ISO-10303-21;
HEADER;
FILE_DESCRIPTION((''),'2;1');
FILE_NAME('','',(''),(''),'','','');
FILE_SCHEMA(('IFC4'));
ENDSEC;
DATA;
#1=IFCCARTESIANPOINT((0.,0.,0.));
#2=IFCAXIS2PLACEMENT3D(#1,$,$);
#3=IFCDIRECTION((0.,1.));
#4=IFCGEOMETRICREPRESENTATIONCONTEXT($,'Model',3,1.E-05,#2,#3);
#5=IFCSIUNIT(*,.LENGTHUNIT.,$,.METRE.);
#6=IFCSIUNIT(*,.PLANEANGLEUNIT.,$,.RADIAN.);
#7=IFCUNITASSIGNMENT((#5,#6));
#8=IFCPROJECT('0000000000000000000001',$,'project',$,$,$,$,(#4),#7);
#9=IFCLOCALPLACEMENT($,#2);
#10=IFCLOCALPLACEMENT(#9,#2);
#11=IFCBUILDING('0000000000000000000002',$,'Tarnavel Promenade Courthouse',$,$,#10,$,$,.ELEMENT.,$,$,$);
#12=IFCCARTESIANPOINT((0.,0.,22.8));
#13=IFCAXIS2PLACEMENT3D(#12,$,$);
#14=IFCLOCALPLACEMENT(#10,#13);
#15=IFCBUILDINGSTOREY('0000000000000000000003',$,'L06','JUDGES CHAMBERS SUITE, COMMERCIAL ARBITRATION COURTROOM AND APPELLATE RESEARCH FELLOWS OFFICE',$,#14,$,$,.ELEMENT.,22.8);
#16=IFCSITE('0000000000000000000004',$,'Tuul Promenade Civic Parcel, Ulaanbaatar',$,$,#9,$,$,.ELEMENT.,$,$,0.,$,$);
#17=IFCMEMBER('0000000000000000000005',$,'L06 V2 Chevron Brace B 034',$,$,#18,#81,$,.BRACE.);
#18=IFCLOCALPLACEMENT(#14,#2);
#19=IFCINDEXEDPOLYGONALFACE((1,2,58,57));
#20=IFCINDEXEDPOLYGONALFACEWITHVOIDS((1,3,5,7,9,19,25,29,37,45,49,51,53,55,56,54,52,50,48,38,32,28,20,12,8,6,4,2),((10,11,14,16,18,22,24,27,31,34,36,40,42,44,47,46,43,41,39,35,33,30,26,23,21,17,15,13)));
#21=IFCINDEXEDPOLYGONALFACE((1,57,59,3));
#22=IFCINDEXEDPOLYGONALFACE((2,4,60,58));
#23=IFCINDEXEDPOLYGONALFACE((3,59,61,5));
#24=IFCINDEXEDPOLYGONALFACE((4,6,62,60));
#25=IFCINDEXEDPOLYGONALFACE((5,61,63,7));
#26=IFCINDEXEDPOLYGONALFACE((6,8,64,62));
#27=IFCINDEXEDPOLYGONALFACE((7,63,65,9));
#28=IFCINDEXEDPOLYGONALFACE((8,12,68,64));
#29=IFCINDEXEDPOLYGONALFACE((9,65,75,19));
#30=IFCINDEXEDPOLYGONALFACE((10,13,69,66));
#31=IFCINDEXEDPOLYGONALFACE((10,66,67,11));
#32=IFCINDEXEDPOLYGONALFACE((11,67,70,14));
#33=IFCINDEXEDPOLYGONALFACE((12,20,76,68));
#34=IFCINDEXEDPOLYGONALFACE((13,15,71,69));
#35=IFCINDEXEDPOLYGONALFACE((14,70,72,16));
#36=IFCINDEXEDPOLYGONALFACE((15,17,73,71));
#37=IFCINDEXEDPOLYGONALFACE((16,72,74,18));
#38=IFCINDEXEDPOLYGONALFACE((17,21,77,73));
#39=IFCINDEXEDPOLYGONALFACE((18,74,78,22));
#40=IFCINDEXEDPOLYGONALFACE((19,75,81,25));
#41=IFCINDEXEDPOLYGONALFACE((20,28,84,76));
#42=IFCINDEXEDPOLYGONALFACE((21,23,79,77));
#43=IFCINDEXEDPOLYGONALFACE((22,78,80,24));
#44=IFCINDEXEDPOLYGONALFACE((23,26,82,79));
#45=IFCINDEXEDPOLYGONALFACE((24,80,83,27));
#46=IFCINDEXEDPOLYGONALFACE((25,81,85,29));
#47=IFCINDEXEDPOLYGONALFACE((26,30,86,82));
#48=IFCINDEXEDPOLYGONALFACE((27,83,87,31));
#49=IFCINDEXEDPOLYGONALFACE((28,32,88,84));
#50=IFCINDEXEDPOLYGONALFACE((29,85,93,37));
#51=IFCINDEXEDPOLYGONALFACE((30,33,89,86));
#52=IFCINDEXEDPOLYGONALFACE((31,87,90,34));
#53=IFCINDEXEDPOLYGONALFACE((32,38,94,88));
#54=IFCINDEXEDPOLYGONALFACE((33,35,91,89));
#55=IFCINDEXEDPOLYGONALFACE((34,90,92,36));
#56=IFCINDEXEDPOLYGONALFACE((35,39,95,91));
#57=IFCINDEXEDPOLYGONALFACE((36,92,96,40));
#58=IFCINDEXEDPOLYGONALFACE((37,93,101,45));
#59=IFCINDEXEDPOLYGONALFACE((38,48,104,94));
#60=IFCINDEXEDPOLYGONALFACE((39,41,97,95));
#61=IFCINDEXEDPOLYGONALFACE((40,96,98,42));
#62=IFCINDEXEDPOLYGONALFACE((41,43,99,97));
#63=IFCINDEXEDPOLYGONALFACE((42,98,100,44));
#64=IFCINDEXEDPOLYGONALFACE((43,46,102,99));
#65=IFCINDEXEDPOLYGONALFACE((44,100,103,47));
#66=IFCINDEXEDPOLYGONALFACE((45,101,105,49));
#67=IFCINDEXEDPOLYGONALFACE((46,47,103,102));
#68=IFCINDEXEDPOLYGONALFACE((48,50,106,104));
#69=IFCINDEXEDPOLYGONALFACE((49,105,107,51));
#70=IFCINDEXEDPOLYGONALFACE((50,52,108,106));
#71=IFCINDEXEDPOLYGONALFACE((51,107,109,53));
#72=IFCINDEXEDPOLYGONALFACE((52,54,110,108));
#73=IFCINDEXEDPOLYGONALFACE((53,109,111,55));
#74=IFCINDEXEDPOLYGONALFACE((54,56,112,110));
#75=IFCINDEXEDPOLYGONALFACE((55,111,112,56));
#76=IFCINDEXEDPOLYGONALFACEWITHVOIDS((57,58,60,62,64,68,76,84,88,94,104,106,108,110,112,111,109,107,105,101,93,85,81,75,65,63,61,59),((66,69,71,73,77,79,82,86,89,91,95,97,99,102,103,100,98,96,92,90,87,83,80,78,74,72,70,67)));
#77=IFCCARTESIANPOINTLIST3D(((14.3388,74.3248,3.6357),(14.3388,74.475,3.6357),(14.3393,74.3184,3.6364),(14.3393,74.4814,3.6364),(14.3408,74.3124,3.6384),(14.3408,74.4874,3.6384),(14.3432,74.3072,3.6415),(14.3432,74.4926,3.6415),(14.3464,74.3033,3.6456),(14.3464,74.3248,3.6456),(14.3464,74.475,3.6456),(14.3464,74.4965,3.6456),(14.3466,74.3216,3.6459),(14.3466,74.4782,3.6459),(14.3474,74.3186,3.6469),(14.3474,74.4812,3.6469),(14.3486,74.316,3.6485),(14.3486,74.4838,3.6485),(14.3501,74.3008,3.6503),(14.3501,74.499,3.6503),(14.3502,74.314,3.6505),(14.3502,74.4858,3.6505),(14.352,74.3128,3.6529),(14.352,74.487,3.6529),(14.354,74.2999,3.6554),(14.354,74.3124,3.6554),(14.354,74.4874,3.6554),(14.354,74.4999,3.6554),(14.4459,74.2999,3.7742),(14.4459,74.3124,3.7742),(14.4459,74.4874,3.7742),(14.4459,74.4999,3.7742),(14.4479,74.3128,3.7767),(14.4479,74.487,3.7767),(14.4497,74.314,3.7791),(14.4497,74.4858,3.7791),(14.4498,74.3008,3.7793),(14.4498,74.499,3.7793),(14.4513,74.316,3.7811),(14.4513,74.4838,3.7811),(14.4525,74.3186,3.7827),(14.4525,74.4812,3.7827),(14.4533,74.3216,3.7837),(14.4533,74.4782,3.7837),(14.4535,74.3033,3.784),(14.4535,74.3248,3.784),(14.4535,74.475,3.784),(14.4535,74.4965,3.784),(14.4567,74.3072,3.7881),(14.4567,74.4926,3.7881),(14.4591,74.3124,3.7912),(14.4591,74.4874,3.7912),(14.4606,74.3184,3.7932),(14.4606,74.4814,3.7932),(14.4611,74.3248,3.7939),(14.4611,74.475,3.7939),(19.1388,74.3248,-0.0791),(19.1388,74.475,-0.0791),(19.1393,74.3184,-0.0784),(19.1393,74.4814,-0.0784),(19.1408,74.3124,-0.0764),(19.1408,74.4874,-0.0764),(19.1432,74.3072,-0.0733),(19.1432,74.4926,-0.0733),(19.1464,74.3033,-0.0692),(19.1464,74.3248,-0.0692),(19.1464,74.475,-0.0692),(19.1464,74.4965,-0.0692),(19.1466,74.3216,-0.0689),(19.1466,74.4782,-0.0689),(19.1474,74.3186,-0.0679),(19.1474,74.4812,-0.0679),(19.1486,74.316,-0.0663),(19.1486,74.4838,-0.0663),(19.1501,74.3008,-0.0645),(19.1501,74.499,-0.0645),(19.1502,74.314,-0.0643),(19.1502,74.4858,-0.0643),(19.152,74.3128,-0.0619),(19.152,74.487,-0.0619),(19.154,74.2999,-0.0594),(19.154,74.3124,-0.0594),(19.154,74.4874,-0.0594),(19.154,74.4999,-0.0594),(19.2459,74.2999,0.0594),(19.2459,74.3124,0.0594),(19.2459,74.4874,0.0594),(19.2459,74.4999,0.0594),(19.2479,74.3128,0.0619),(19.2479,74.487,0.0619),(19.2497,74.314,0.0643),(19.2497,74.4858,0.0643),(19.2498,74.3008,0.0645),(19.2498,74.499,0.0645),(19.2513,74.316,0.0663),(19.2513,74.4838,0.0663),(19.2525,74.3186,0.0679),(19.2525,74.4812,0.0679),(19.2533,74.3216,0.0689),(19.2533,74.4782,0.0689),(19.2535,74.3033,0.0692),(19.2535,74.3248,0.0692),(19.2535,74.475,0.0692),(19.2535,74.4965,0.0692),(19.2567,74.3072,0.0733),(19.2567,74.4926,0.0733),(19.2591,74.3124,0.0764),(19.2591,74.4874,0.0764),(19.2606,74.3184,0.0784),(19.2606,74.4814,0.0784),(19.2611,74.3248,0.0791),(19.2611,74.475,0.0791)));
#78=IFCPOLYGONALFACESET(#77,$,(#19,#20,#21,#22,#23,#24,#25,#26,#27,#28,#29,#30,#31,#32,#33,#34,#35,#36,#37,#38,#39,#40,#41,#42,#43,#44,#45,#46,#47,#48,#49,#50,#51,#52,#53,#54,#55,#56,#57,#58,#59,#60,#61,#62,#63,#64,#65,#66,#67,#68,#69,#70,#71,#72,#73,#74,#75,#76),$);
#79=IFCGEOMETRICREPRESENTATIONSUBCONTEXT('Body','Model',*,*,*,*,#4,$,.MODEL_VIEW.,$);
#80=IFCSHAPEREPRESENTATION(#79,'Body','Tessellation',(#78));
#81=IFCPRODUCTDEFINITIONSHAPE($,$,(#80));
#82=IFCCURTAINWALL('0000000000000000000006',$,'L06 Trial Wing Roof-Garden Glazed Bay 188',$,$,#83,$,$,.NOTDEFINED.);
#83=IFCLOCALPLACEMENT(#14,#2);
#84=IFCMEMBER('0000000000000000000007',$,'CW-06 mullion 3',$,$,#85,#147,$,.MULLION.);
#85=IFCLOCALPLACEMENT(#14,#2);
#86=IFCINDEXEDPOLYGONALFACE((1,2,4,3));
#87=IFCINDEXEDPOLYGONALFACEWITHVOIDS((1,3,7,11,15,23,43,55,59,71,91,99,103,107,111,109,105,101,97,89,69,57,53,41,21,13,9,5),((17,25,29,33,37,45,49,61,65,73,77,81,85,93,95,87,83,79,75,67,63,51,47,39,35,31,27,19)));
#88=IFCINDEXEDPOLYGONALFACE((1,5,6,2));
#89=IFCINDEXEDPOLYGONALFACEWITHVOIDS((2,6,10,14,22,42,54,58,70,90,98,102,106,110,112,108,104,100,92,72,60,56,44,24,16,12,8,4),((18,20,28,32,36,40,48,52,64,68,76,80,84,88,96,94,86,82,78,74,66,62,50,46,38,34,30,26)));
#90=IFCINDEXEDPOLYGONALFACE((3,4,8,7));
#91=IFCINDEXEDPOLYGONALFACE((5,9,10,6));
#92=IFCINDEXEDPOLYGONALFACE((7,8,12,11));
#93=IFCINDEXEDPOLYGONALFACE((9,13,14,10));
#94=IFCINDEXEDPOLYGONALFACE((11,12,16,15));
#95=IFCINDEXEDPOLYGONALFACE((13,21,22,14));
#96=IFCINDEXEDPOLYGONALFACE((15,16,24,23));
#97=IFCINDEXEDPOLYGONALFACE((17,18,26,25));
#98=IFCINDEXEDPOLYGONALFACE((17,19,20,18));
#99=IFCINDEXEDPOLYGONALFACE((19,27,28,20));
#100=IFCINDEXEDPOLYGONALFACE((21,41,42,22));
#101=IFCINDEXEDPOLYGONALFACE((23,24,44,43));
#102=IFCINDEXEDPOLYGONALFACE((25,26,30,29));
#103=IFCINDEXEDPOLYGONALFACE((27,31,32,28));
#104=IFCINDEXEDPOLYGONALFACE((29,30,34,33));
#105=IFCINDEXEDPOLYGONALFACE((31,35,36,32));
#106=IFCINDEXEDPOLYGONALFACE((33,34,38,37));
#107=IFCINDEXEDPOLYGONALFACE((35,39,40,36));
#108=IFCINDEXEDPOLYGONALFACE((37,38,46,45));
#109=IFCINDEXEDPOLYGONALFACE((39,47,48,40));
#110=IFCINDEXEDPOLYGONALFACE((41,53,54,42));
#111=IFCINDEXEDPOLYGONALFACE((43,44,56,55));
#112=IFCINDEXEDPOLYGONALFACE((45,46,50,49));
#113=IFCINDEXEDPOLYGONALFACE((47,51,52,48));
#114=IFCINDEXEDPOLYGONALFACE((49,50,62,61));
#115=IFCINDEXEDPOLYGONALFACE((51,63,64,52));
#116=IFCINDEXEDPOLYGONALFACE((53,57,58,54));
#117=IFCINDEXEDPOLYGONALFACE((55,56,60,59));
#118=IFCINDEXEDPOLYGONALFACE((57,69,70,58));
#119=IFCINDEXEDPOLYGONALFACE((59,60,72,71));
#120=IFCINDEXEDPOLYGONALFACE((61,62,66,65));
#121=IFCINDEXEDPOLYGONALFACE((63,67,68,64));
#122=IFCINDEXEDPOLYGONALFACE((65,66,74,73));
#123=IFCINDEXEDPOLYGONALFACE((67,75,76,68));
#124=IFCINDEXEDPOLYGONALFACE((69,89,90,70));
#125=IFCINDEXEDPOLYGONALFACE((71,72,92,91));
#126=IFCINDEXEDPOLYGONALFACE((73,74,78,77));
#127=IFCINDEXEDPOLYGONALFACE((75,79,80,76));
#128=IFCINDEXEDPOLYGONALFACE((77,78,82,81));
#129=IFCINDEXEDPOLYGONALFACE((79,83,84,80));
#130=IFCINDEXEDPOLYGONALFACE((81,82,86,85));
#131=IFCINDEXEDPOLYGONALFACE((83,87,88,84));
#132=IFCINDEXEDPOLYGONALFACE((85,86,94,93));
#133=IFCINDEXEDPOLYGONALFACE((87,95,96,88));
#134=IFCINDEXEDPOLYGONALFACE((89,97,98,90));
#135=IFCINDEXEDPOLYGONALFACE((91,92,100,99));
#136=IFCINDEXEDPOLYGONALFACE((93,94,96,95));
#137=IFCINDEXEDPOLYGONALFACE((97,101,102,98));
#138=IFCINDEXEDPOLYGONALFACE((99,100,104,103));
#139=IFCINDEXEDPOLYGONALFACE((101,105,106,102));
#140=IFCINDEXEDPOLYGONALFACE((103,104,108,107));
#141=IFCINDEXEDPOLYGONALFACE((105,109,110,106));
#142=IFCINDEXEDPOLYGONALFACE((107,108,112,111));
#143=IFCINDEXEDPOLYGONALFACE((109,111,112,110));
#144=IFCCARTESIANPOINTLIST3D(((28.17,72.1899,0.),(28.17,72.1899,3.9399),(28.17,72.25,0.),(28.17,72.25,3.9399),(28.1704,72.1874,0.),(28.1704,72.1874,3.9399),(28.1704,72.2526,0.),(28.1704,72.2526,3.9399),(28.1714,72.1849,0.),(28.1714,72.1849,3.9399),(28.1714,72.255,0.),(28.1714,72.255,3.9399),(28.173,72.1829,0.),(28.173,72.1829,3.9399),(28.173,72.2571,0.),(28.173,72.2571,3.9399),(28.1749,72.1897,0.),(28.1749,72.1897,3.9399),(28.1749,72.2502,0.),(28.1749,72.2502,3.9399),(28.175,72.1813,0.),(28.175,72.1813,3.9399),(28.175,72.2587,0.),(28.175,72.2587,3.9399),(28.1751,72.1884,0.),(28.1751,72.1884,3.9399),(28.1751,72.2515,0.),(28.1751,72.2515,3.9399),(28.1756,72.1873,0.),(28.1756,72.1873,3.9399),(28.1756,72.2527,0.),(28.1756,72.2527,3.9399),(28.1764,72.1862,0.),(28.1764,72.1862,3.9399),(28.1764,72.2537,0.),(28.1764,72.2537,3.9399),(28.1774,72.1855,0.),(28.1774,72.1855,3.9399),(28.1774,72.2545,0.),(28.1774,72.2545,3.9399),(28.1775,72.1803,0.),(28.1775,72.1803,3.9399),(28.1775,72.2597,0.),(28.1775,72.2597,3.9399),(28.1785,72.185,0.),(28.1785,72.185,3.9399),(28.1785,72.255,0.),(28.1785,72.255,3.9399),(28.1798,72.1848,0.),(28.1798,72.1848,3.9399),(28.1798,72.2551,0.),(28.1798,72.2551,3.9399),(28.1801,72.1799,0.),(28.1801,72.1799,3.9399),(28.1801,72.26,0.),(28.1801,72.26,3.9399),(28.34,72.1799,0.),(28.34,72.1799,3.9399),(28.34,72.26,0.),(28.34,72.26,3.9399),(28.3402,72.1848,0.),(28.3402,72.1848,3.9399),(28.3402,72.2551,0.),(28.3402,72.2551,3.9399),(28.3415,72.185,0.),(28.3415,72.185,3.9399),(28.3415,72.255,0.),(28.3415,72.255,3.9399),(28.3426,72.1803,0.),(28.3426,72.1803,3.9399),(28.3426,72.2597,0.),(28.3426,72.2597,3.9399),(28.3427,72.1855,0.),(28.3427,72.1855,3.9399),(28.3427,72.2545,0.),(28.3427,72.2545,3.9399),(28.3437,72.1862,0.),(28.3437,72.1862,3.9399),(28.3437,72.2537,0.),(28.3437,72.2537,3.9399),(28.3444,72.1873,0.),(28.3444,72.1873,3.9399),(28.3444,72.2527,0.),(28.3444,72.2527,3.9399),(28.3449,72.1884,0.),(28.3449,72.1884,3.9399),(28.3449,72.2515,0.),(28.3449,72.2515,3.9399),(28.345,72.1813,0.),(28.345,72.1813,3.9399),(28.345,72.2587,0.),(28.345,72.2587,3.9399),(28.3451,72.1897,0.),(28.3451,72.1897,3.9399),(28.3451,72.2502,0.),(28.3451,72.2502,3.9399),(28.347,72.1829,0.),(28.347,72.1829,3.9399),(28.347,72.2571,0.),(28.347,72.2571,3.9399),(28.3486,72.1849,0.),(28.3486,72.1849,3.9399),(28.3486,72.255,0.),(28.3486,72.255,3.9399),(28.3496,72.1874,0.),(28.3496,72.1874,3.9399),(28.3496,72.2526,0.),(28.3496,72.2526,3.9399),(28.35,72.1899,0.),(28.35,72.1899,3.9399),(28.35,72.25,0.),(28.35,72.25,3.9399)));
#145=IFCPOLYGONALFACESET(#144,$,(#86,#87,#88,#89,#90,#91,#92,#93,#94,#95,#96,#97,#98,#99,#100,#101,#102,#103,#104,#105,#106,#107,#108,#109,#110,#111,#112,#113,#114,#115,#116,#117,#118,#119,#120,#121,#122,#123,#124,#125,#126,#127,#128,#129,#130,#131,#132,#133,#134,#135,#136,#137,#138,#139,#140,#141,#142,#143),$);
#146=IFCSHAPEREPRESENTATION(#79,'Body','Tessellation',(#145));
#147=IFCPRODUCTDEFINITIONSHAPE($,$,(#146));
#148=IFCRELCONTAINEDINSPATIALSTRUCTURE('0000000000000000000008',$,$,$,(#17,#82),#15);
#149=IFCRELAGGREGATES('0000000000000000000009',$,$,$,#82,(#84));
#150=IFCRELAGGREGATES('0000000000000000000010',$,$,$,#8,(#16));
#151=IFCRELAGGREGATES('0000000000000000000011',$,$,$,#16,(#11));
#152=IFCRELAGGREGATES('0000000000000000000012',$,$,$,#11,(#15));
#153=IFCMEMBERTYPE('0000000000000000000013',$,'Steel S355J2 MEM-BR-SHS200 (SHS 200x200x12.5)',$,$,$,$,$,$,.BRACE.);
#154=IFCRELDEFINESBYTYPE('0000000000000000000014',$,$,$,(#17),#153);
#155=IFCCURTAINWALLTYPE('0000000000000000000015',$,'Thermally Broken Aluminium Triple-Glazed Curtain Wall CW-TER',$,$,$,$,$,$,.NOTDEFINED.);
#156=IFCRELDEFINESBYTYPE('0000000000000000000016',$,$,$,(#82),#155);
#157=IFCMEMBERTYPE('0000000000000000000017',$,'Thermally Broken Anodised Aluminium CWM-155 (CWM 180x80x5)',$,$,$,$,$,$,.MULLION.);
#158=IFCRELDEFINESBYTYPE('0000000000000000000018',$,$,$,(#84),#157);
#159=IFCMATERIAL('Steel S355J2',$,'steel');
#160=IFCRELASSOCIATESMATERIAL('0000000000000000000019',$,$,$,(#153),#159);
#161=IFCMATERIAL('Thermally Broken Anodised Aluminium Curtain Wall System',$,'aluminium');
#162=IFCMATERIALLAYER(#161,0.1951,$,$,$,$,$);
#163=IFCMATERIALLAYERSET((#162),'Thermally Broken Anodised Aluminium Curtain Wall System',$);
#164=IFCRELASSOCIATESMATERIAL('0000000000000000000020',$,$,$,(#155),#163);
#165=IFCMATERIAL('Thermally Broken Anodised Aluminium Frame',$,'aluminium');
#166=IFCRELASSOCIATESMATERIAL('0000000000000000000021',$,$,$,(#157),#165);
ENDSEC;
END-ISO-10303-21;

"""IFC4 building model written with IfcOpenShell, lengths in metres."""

from ifc_helpers import new_model, si_unit, direction, frame, origin, origin_2d, place, context, subcontext, project, spatial, hollow_rectangle, extrude, material, layer, layer_set, material_profile, profile_set, type_object, element, aggregate, save


model = new_model("IFC4")

# Units and contexts
model_context = context("Model", 3, precision=1e-05, world=origin(), true_north=direction((0.0, 1.0)))
body_context = subcontext(model_context, "Body", "Model", "MODEL_VIEW")
ifc_project = project(units=[si_unit("LENGTHUNIT", "METRE"), si_unit("PLANEANGLEUNIT", "RADIAN")], contexts=[model_context])

# Site, building, storey
site_placement = place(None, origin())
site = spatial("IfcSite", under=ifc_project, at=site_placement, Name="Tuul Promenade Civic Parcel, Ulaanbaatar", CompositionType="ELEMENT", RefElevation=0.0)
building_placement = place(site_placement, origin())
building = spatial("IfcBuilding", under=site, at=building_placement, Name="Tarnavel Promenade Courthouse", CompositionType="ELEMENT")
storey_placement = place(building_placement, frame((0.0, 0.0, 22.8)))
storey = spatial("IfcBuildingStorey", under=building, at=storey_placement, Name="L06", Description="JUDGES CHAMBERS SUITE, COMMERCIAL ARBITRATION COURTROOM AND APPELLATE RESEARCH FELLOWS OFFICE", CompositionType="ELEMENT", Elevation=22.8)

# Shared definitions
ifc_material_1 = material(Name="Steel S355J2", Category="steel")

# Member
ifc_material_profile_1 = material_profile(ifc_material_1, hollow_rectangle(XDim=0.2, YDim=0.2, WallThickness=0.0125, InnerFilletRadius=0.0125, OuterFilletRadius=0.0249, at=origin_2d()), Name="SHS 200x200x12.5")
ifc_profile_set_1 = profile_set([ifc_material_profile_1], Name="Steel S355J2")
member_type_1 = type_object("IfcMemberType", Name="Steel S355J2 MEM-BR-SHS200 (SHS 200x200x12.5)", PredefinedType="BRACE", material=ifc_profile_set_1)
member_1_placement = place(storey_placement, frame((19.2, 74.3999, 0.0), z_axis=(-0.790829, 0.0, 0.612037), x_axis=(0.0, -1.0, 0.0)))
element("IfcMember", 1, at=member_1_placement, inside=storey, type_object=member_type_1, Name="L06 V2 Chevron Brace B 034", PredefinedType="BRACE", context=body_context, shape_type="SweptSolid", body=[
    extrude(hollow_rectangle(XDim=0.2, YDim=0.2, WallThickness=0.0125, InnerFilletRadius=0.0125, OuterFilletRadius=0.0249, at=origin_2d()), origin(), (0.0, 0.0, 1.0), 6.0696),
])

# Curtain wall, member
ifc_material_2 = material(Name="Thermally Broken Anodised Aluminium Curtain Wall System", Category="aluminium")
ifc_layer_1 = layer(ifc_material_2, 0.1951)
ifc_layer_set_1 = layer_set([ifc_layer_1], Name="Thermally Broken Anodised Aluminium Curtain Wall System")
curtain_wall_type = type_object("IfcCurtainWallType", Name="Thermally Broken Aluminium Triple-Glazed Curtain Wall CW-TER", PredefinedType="NOTDEFINED", material=ifc_layer_set_1)
curtain_wall_1_placement = place(storey_placement, origin())
curtain_wall_1 = element("IfcCurtainWall", 2, at=curtain_wall_1_placement, inside=storey, type_object=curtain_wall_type, Name="L06 Trial Wing Roof-Garden Glazed Bay 188", PredefinedType="NOTDEFINED")
ifc_material_3 = material(Name="Thermally Broken Anodised Aluminium Frame", Category="aluminium")
ifc_material_profile_2 = material_profile(ifc_material_3, hollow_rectangle(XDim=0.0801, YDim=0.1799, WallThickness=0.0049, InnerFilletRadius=0.0049, OuterFilletRadius=0.01, at=origin_2d()), Name="CWM 180x80x5")
ifc_profile_set_2 = profile_set([ifc_material_profile_2], Name="Thermally Broken Anodised Aluminium Frame")
member_type_2 = type_object("IfcMemberType", Name="Thermally Broken Anodised Aluminium CWM-155 (CWM 180x80x5)", PredefinedType="MULLION", material=ifc_profile_set_2)
member_2_placement = place(storey_placement, frame((28.26, 72.22, 0.0), z_axis=(0.0, 0.0, 1.0), x_axis=(0.0, 1.0, 0.0)))
member_2 = element("IfcMember", 3, at=member_2_placement, type_object=member_type_2, Name="CW-06 mullion 3", PredefinedType="MULLION", context=body_context, shape_type="SweptSolid", body=[
    extrude(hollow_rectangle(XDim=0.0801, YDim=0.1799, WallThickness=0.0049, InnerFilletRadius=0.0049, OuterFilletRadius=0.01, at=origin_2d()), origin(), (0.0, 0.0, 1.0), 3.9399),
])

aggregate(curtain_wall_1, [member_2])

save(model, "model.ifc")
